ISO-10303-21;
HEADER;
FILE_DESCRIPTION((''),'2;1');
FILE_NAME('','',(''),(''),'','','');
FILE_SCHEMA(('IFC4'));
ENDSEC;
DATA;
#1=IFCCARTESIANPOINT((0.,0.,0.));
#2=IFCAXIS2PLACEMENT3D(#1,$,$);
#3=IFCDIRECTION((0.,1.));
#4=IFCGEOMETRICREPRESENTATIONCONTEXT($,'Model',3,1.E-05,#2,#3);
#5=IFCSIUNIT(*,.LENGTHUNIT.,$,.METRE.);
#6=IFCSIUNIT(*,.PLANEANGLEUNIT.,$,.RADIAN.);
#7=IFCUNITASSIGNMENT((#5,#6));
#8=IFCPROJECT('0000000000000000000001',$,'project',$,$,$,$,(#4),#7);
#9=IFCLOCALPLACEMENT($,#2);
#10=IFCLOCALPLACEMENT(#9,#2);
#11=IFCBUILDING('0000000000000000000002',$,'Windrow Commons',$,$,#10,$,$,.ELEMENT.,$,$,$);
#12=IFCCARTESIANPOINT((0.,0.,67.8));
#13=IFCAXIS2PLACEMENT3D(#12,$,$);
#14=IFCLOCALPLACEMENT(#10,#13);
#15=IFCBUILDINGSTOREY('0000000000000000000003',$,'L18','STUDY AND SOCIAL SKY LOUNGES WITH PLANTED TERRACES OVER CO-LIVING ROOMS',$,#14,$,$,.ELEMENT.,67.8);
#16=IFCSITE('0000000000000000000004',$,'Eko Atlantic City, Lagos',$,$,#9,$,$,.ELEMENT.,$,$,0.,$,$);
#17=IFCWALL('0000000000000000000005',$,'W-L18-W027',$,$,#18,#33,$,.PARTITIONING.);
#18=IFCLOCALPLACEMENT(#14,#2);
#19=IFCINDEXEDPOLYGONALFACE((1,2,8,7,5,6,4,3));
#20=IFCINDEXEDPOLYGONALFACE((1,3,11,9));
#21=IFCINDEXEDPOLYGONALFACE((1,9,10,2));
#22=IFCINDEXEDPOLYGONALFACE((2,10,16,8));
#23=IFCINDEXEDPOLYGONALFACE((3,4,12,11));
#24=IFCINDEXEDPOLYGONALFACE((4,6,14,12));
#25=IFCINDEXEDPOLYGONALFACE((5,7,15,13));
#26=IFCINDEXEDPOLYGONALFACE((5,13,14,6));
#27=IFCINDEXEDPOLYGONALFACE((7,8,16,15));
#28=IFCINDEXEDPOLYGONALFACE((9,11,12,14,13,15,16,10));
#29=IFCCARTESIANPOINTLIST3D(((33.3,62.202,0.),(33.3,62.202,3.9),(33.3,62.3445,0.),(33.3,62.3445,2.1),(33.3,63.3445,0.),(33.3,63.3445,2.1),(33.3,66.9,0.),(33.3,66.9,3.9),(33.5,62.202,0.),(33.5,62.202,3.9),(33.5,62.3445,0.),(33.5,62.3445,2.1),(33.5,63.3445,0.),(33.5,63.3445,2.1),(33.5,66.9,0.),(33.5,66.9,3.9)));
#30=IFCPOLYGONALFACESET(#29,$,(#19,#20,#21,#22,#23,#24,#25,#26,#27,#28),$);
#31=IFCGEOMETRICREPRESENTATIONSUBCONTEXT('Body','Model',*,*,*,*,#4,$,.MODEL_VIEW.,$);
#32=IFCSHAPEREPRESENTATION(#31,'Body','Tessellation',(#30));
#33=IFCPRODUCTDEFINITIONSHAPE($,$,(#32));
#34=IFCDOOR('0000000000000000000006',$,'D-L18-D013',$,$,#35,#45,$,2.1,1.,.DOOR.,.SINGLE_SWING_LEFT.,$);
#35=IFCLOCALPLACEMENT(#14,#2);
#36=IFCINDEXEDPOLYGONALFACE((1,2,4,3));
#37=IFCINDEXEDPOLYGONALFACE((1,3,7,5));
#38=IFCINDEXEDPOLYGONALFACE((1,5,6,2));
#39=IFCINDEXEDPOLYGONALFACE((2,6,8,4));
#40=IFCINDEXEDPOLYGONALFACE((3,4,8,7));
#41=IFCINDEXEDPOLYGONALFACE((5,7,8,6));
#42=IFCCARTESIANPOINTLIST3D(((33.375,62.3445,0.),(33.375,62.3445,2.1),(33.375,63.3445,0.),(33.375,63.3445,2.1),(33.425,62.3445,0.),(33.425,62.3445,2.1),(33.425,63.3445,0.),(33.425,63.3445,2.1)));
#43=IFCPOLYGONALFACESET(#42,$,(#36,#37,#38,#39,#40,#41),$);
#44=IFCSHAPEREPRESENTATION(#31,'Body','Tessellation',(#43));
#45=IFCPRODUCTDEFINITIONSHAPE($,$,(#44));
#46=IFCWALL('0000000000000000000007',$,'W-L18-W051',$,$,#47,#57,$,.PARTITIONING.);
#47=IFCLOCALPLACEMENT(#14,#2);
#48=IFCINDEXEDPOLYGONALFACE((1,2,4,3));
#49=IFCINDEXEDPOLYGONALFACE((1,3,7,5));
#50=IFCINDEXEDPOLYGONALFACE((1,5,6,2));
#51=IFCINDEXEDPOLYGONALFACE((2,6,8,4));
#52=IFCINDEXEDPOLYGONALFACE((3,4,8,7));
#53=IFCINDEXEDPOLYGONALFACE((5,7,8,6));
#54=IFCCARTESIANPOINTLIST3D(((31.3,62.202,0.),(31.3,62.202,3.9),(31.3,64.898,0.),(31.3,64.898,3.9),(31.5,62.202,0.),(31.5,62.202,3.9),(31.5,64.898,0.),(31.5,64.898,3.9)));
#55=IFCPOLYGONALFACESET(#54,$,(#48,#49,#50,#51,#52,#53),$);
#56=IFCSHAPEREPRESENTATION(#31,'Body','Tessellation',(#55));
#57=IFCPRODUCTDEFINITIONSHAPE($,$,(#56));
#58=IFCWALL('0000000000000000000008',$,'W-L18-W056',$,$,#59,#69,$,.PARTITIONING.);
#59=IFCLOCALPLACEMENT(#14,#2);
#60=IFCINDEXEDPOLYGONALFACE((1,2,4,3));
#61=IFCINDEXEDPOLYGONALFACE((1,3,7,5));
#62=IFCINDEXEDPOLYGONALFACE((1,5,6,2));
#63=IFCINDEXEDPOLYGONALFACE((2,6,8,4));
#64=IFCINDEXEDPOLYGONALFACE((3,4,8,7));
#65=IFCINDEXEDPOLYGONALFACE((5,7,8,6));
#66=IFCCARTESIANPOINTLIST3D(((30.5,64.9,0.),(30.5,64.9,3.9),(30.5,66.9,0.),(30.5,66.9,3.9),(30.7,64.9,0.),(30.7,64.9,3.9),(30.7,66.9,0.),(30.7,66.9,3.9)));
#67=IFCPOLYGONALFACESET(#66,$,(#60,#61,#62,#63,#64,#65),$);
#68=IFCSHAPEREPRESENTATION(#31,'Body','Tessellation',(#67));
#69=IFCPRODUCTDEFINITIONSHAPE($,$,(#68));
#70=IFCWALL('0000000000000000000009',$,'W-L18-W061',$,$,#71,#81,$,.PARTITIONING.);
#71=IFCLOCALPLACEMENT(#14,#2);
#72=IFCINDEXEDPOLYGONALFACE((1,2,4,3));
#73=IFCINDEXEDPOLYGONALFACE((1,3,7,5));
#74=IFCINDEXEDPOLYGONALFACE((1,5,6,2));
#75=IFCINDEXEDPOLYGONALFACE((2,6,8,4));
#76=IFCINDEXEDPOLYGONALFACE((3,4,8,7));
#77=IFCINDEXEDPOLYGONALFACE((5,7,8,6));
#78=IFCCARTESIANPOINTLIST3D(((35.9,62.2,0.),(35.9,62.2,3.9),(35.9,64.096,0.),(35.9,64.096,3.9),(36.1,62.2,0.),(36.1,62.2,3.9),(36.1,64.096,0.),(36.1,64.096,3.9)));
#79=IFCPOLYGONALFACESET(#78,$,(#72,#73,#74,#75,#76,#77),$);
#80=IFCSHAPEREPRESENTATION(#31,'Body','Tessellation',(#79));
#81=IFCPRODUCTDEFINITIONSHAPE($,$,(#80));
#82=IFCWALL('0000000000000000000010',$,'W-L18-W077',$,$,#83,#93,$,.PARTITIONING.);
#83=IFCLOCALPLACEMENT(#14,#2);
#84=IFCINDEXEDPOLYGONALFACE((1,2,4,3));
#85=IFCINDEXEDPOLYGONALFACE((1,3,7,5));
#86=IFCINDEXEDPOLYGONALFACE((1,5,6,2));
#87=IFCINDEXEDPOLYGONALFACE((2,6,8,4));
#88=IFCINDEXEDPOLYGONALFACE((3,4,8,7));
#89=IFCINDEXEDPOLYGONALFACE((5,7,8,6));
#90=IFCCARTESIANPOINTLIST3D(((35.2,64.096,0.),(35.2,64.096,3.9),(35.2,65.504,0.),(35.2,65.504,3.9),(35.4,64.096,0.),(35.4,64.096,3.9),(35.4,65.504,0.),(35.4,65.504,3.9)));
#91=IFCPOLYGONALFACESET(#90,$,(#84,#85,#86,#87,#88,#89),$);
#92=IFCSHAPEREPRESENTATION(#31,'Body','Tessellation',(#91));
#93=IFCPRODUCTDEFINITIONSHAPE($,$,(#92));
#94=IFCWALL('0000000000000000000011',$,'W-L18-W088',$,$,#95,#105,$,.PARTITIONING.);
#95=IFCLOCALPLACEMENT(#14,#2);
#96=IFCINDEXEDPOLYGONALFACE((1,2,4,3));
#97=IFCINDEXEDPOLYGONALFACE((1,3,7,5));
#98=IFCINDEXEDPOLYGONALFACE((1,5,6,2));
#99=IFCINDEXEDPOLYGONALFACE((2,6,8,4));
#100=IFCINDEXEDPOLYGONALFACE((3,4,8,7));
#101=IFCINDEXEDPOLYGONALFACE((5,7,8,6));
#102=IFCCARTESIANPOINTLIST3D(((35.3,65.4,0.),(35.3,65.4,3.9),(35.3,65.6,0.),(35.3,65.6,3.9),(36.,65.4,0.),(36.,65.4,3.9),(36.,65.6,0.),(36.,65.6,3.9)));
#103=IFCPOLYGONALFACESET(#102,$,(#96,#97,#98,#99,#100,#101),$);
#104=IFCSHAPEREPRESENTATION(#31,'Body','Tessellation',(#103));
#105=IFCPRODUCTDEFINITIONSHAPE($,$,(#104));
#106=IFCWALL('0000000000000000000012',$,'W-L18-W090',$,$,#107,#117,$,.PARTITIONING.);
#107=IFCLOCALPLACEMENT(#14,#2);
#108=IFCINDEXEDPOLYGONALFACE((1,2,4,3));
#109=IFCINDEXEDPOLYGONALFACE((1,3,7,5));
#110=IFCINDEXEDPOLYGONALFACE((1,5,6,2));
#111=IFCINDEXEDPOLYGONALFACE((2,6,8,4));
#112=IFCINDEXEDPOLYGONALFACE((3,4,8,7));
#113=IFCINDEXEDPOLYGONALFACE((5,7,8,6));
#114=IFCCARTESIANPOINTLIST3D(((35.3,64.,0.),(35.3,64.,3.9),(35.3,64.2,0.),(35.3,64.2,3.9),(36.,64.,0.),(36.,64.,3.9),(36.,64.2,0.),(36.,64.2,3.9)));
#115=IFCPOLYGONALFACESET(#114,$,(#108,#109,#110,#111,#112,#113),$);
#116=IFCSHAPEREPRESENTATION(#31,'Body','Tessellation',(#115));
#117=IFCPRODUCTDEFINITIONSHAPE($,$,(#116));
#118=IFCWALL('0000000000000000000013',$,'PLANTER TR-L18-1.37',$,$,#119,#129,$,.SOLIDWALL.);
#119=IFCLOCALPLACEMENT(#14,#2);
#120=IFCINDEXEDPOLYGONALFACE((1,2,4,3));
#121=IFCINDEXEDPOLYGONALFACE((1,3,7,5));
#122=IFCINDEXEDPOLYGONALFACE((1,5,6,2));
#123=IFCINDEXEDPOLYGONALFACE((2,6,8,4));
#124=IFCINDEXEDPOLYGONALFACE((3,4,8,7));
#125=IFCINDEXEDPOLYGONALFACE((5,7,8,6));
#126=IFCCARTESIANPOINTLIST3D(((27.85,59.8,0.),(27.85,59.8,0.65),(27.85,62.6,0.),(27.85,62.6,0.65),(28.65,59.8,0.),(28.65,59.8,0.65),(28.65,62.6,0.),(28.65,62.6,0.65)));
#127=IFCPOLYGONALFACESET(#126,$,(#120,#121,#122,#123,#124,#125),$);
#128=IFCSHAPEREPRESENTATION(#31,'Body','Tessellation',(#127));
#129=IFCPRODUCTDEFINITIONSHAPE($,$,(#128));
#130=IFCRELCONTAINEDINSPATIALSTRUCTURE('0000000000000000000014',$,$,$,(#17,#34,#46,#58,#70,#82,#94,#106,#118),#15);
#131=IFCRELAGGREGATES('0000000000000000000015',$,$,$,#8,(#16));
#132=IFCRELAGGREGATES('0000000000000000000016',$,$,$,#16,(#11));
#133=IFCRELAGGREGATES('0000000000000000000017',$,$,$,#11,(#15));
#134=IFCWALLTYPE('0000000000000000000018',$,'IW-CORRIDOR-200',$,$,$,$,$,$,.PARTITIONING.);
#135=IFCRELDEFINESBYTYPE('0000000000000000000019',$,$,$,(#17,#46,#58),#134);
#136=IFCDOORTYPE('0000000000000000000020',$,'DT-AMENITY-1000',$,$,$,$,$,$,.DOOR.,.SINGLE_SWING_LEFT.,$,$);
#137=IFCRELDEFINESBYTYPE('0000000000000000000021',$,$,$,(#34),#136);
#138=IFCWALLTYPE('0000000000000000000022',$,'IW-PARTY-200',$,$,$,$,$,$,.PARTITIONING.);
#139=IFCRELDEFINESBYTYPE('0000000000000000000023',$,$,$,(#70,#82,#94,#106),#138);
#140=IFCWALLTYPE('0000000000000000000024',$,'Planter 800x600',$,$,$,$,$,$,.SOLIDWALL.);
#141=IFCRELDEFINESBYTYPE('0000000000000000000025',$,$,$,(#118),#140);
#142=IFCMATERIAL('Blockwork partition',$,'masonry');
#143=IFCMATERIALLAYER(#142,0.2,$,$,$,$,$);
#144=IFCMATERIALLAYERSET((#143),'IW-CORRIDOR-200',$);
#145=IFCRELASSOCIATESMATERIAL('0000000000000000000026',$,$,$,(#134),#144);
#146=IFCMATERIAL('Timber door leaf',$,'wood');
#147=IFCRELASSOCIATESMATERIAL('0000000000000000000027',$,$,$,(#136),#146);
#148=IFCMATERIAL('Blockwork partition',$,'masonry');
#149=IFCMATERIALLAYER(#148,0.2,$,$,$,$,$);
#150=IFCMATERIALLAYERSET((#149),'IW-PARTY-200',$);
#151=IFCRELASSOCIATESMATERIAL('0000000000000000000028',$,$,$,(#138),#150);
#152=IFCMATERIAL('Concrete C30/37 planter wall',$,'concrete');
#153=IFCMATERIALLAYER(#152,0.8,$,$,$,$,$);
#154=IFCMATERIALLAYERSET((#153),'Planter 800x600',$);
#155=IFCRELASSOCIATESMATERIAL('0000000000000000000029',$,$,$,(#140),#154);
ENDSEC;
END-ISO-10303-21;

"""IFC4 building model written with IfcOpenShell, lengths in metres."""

from ifc_helpers import new_model, si_unit, direction, frame, frame_2d, origin, place, context, subcontext, project, spatial, rectangle, extrude, material, layer, layer_set, type_object, element, fill, save


model = new_model("IFC4")

# Units and contexts
model_context = context("Model", 3, precision=1e-05, world=origin(), true_north=direction((0.0, 1.0)))
body_context = subcontext(model_context, "Body", "Model", "MODEL_VIEW")
ifc_project = project(units=[si_unit("LENGTHUNIT", "METRE"), si_unit("PLANEANGLEUNIT", "RADIAN")], contexts=[model_context])

# Site, building, storey
site_placement = place(None, origin())
site = spatial("IfcSite", under=ifc_project, at=site_placement, Name="Eko Atlantic City, Lagos", CompositionType="ELEMENT", RefElevation=0.0)
building_placement = place(site_placement, origin())
building = spatial("IfcBuilding", under=site, at=building_placement, Name="Windrow Commons", CompositionType="ELEMENT")
storey_placement = place(building_placement, frame((0.0, 0.0, 67.8)))
storey = spatial("IfcBuildingStorey", under=building, at=storey_placement, Name="L18", Description="STUDY AND SOCIAL SKY LOUNGES WITH PLANTED TERRACES OVER CO-LIVING ROOMS", CompositionType="ELEMENT", Elevation=67.8)

# Shared definitions
ifc_material_1 = material(Name="Blockwork partition", Category="masonry")
ifc_layer_1 = layer(ifc_material_1, 0.2)
ifc_layer_set_1 = layer_set([ifc_layer_1], Name="IW-CORRIDOR-200")
wall_type_1 = type_object("IfcWallType", Name="IW-CORRIDOR-200", PredefinedType="PARTITIONING", material=ifc_layer_set_1)
ifc_material_2 = material(Name="Timber door leaf", Category="wood")
door_type = type_object("IfcDoorType", Name="DT-AMENITY-1000", OperationType="SINGLE_SWING_LEFT", PredefinedType="DOOR", material=ifc_material_2)

# Wall, opening, door
wall_1_placement = place(storey_placement, frame((33.4, 62.202, 0.0), z_axis=(0.0, 0.0, 1.0), x_axis=(0.0, 1.0, 0.0)))
wall_1 = element("IfcWall", 1, at=wall_1_placement, inside=storey, type_object=wall_type_1, Name="W-L18-W027", PredefinedType="PARTITIONING", context=body_context, shape_type="SweptSolid", body=[
    extrude(rectangle(XDim=4.698, YDim=0.2, at=frame_2d((2.349, 0.0))), origin(), (0.0, 0.0, 1.0), 3.9),
])
opening_1_placement = place(wall_1_placement, frame((0.1425, 0.0, 0.0)))
opening_1 = element("IfcOpeningElement", 2, at=opening_1_placement, cuts=wall_1, PredefinedType="OPENING", context=body_context, shape_type="SweptSolid", body=[
    extrude(rectangle(XDim=1.0, YDim=2.1, at=frame_2d((0.5, 1.05))), frame((0.0, 0.11, 0.0), z_axis=(0.0, -1.0, 0.0), x_axis=(1.0, 0.0, 0.0)), (0.0, 0.0, 1.0), 0.22),
])
door_1_placement = place(opening_1_placement, origin())
door_1 = element("IfcDoor", 3, at=door_1_placement, inside=storey, type_object=door_type, Name="D-L18-D013", OperationType="SINGLE_SWING_LEFT", OverallHeight=2.1, OverallWidth=1.0, PredefinedType="DOOR", context=body_context, shape_type="SweptSolid", body=[
    extrude(rectangle(XDim=1.0, YDim=2.1, at=frame_2d((0.5, 1.05))), frame((0.0, 0.025, 0.0), z_axis=(0.0, -1.0, 0.0), x_axis=(1.0, 0.0, 0.0)), (0.0, 0.0, 1.0), 0.05),
])
fill(opening_1, door_1)

# Walls
wall_2_placement = place(storey_placement, frame((31.4, 62.202, 0.0), z_axis=(0.0, 0.0, 1.0), x_axis=(0.0, 1.0, 0.0)))
element("IfcWall", 4, at=wall_2_placement, inside=storey, type_object=wall_type_1, Name="W-L18-W051", PredefinedType="PARTITIONING", context=body_context, shape_type="SweptSolid", body=[
    extrude(rectangle(XDim=2.696, YDim=0.2, at=frame_2d((1.348, 0.0))), origin(), (0.0, 0.0, 1.0), 3.9),
])
wall_3_placement = place(storey_placement, frame((30.6, 64.9, 0.0), z_axis=(0.0, 0.0, 1.0), x_axis=(0.0, 1.0, 0.0)))
element("IfcWall", 5, at=wall_3_placement, inside=storey, type_object=wall_type_1, Name="W-L18-W056", PredefinedType="PARTITIONING", context=body_context, shape_type="SweptSolid", body=[
    extrude(rectangle(XDim=2.0, YDim=0.2, at=frame_2d((1.0, 0.0))), origin(), (0.0, 0.0, 1.0), 3.9),
])
ifc_material_3 = material(Name="Blockwork partition", Category="masonry")
ifc_layer_2 = layer(ifc_material_3, 0.2)
ifc_layer_set_2 = layer_set([ifc_layer_2], Name="IW-PARTY-200")
wall_type_2 = type_object("IfcWallType", Name="IW-PARTY-200", PredefinedType="PARTITIONING", material=ifc_layer_set_2)
wall_4_placement = place(storey_placement, frame((36.0, 62.2, 0.0), z_axis=(0.0, 0.0, 1.0), x_axis=(0.0, 1.0, 0.0)))
element("IfcWall", 6, at=wall_4_placement, inside=storey, type_object=wall_type_2, Name="W-L18-W061", PredefinedType="PARTITIONING", context=body_context, shape_type="SweptSolid", body=[
    extrude(rectangle(XDim=1.896, YDim=0.2, at=frame_2d((0.948, 0.0))), origin(), (0.0, 0.0, 1.0), 3.9),
])
wall_5_placement = place(storey_placement, frame((35.3, 64.096, 0.0), z_axis=(0.0, 0.0, 1.0), x_axis=(0.0, 1.0, 0.0)))
element("IfcWall", 7, at=wall_5_placement, inside=storey, type_object=wall_type_2, Name="W-L18-W077", PredefinedType="PARTITIONING", context=body_context, shape_type="SweptSolid", body=[
    extrude(rectangle(XDim=1.408, YDim=0.2, at=frame_2d((0.704, 0.0))), origin(), (0.0, 0.0, 1.0), 3.9),
])
for number, where, z_axis, x_axis, name in (
    (8, (35.3, 65.5, 0.0), (0.0, 0.0, 1.0), (1.0, 0.0, 0.0), "W-L18-W088"),
    (9, (35.3, 64.1, 0.0), (0.0, 0.0, 1.0), (1.0, 0.0, 0.0), "W-L18-W090"),
):
    element("IfcWall", number, at=place(storey_placement, frame(where, z_axis=z_axis, x_axis=x_axis)), inside=storey, type_object=wall_type_2, Name=name, PredefinedType="PARTITIONING", context=body_context, shape_type="SweptSolid", body=[
        extrude(rectangle(XDim=0.7, YDim=0.2, at=frame_2d((0.35, 0.0))), origin(), (0.0, 0.0, 1.0), 3.9),
    ])
ifc_material_4 = material(Name="Concrete C30/37 planter wall", Category="concrete")
ifc_layer_3 = layer(ifc_material_4, 0.8)
ifc_layer_set_3 = layer_set([ifc_layer_3], Name="Planter 800x600")
wall_type_3 = type_object("IfcWallType", Name="Planter 800x600", PredefinedType="SOLIDWALL", material=ifc_layer_set_3)
wall_6_placement = place(storey_placement, frame((28.25, 62.6, 0.0), z_axis=(0.0, 0.0, 1.0), x_axis=(0.0, -1.0, 0.0)))
element("IfcWall", 10, at=wall_6_placement, inside=storey, type_object=wall_type_3, Name="PLANTER TR-L18-1.37", PredefinedType="SOLIDWALL", context=body_context, shape_type="SweptSolid", body=[
    extrude(rectangle(XDim=2.8, YDim=0.8, at=frame_2d((1.4, 0.0))), origin(), (0.0, 0.0, 1.0), 0.65),
])

save(model, "model.ifc")
